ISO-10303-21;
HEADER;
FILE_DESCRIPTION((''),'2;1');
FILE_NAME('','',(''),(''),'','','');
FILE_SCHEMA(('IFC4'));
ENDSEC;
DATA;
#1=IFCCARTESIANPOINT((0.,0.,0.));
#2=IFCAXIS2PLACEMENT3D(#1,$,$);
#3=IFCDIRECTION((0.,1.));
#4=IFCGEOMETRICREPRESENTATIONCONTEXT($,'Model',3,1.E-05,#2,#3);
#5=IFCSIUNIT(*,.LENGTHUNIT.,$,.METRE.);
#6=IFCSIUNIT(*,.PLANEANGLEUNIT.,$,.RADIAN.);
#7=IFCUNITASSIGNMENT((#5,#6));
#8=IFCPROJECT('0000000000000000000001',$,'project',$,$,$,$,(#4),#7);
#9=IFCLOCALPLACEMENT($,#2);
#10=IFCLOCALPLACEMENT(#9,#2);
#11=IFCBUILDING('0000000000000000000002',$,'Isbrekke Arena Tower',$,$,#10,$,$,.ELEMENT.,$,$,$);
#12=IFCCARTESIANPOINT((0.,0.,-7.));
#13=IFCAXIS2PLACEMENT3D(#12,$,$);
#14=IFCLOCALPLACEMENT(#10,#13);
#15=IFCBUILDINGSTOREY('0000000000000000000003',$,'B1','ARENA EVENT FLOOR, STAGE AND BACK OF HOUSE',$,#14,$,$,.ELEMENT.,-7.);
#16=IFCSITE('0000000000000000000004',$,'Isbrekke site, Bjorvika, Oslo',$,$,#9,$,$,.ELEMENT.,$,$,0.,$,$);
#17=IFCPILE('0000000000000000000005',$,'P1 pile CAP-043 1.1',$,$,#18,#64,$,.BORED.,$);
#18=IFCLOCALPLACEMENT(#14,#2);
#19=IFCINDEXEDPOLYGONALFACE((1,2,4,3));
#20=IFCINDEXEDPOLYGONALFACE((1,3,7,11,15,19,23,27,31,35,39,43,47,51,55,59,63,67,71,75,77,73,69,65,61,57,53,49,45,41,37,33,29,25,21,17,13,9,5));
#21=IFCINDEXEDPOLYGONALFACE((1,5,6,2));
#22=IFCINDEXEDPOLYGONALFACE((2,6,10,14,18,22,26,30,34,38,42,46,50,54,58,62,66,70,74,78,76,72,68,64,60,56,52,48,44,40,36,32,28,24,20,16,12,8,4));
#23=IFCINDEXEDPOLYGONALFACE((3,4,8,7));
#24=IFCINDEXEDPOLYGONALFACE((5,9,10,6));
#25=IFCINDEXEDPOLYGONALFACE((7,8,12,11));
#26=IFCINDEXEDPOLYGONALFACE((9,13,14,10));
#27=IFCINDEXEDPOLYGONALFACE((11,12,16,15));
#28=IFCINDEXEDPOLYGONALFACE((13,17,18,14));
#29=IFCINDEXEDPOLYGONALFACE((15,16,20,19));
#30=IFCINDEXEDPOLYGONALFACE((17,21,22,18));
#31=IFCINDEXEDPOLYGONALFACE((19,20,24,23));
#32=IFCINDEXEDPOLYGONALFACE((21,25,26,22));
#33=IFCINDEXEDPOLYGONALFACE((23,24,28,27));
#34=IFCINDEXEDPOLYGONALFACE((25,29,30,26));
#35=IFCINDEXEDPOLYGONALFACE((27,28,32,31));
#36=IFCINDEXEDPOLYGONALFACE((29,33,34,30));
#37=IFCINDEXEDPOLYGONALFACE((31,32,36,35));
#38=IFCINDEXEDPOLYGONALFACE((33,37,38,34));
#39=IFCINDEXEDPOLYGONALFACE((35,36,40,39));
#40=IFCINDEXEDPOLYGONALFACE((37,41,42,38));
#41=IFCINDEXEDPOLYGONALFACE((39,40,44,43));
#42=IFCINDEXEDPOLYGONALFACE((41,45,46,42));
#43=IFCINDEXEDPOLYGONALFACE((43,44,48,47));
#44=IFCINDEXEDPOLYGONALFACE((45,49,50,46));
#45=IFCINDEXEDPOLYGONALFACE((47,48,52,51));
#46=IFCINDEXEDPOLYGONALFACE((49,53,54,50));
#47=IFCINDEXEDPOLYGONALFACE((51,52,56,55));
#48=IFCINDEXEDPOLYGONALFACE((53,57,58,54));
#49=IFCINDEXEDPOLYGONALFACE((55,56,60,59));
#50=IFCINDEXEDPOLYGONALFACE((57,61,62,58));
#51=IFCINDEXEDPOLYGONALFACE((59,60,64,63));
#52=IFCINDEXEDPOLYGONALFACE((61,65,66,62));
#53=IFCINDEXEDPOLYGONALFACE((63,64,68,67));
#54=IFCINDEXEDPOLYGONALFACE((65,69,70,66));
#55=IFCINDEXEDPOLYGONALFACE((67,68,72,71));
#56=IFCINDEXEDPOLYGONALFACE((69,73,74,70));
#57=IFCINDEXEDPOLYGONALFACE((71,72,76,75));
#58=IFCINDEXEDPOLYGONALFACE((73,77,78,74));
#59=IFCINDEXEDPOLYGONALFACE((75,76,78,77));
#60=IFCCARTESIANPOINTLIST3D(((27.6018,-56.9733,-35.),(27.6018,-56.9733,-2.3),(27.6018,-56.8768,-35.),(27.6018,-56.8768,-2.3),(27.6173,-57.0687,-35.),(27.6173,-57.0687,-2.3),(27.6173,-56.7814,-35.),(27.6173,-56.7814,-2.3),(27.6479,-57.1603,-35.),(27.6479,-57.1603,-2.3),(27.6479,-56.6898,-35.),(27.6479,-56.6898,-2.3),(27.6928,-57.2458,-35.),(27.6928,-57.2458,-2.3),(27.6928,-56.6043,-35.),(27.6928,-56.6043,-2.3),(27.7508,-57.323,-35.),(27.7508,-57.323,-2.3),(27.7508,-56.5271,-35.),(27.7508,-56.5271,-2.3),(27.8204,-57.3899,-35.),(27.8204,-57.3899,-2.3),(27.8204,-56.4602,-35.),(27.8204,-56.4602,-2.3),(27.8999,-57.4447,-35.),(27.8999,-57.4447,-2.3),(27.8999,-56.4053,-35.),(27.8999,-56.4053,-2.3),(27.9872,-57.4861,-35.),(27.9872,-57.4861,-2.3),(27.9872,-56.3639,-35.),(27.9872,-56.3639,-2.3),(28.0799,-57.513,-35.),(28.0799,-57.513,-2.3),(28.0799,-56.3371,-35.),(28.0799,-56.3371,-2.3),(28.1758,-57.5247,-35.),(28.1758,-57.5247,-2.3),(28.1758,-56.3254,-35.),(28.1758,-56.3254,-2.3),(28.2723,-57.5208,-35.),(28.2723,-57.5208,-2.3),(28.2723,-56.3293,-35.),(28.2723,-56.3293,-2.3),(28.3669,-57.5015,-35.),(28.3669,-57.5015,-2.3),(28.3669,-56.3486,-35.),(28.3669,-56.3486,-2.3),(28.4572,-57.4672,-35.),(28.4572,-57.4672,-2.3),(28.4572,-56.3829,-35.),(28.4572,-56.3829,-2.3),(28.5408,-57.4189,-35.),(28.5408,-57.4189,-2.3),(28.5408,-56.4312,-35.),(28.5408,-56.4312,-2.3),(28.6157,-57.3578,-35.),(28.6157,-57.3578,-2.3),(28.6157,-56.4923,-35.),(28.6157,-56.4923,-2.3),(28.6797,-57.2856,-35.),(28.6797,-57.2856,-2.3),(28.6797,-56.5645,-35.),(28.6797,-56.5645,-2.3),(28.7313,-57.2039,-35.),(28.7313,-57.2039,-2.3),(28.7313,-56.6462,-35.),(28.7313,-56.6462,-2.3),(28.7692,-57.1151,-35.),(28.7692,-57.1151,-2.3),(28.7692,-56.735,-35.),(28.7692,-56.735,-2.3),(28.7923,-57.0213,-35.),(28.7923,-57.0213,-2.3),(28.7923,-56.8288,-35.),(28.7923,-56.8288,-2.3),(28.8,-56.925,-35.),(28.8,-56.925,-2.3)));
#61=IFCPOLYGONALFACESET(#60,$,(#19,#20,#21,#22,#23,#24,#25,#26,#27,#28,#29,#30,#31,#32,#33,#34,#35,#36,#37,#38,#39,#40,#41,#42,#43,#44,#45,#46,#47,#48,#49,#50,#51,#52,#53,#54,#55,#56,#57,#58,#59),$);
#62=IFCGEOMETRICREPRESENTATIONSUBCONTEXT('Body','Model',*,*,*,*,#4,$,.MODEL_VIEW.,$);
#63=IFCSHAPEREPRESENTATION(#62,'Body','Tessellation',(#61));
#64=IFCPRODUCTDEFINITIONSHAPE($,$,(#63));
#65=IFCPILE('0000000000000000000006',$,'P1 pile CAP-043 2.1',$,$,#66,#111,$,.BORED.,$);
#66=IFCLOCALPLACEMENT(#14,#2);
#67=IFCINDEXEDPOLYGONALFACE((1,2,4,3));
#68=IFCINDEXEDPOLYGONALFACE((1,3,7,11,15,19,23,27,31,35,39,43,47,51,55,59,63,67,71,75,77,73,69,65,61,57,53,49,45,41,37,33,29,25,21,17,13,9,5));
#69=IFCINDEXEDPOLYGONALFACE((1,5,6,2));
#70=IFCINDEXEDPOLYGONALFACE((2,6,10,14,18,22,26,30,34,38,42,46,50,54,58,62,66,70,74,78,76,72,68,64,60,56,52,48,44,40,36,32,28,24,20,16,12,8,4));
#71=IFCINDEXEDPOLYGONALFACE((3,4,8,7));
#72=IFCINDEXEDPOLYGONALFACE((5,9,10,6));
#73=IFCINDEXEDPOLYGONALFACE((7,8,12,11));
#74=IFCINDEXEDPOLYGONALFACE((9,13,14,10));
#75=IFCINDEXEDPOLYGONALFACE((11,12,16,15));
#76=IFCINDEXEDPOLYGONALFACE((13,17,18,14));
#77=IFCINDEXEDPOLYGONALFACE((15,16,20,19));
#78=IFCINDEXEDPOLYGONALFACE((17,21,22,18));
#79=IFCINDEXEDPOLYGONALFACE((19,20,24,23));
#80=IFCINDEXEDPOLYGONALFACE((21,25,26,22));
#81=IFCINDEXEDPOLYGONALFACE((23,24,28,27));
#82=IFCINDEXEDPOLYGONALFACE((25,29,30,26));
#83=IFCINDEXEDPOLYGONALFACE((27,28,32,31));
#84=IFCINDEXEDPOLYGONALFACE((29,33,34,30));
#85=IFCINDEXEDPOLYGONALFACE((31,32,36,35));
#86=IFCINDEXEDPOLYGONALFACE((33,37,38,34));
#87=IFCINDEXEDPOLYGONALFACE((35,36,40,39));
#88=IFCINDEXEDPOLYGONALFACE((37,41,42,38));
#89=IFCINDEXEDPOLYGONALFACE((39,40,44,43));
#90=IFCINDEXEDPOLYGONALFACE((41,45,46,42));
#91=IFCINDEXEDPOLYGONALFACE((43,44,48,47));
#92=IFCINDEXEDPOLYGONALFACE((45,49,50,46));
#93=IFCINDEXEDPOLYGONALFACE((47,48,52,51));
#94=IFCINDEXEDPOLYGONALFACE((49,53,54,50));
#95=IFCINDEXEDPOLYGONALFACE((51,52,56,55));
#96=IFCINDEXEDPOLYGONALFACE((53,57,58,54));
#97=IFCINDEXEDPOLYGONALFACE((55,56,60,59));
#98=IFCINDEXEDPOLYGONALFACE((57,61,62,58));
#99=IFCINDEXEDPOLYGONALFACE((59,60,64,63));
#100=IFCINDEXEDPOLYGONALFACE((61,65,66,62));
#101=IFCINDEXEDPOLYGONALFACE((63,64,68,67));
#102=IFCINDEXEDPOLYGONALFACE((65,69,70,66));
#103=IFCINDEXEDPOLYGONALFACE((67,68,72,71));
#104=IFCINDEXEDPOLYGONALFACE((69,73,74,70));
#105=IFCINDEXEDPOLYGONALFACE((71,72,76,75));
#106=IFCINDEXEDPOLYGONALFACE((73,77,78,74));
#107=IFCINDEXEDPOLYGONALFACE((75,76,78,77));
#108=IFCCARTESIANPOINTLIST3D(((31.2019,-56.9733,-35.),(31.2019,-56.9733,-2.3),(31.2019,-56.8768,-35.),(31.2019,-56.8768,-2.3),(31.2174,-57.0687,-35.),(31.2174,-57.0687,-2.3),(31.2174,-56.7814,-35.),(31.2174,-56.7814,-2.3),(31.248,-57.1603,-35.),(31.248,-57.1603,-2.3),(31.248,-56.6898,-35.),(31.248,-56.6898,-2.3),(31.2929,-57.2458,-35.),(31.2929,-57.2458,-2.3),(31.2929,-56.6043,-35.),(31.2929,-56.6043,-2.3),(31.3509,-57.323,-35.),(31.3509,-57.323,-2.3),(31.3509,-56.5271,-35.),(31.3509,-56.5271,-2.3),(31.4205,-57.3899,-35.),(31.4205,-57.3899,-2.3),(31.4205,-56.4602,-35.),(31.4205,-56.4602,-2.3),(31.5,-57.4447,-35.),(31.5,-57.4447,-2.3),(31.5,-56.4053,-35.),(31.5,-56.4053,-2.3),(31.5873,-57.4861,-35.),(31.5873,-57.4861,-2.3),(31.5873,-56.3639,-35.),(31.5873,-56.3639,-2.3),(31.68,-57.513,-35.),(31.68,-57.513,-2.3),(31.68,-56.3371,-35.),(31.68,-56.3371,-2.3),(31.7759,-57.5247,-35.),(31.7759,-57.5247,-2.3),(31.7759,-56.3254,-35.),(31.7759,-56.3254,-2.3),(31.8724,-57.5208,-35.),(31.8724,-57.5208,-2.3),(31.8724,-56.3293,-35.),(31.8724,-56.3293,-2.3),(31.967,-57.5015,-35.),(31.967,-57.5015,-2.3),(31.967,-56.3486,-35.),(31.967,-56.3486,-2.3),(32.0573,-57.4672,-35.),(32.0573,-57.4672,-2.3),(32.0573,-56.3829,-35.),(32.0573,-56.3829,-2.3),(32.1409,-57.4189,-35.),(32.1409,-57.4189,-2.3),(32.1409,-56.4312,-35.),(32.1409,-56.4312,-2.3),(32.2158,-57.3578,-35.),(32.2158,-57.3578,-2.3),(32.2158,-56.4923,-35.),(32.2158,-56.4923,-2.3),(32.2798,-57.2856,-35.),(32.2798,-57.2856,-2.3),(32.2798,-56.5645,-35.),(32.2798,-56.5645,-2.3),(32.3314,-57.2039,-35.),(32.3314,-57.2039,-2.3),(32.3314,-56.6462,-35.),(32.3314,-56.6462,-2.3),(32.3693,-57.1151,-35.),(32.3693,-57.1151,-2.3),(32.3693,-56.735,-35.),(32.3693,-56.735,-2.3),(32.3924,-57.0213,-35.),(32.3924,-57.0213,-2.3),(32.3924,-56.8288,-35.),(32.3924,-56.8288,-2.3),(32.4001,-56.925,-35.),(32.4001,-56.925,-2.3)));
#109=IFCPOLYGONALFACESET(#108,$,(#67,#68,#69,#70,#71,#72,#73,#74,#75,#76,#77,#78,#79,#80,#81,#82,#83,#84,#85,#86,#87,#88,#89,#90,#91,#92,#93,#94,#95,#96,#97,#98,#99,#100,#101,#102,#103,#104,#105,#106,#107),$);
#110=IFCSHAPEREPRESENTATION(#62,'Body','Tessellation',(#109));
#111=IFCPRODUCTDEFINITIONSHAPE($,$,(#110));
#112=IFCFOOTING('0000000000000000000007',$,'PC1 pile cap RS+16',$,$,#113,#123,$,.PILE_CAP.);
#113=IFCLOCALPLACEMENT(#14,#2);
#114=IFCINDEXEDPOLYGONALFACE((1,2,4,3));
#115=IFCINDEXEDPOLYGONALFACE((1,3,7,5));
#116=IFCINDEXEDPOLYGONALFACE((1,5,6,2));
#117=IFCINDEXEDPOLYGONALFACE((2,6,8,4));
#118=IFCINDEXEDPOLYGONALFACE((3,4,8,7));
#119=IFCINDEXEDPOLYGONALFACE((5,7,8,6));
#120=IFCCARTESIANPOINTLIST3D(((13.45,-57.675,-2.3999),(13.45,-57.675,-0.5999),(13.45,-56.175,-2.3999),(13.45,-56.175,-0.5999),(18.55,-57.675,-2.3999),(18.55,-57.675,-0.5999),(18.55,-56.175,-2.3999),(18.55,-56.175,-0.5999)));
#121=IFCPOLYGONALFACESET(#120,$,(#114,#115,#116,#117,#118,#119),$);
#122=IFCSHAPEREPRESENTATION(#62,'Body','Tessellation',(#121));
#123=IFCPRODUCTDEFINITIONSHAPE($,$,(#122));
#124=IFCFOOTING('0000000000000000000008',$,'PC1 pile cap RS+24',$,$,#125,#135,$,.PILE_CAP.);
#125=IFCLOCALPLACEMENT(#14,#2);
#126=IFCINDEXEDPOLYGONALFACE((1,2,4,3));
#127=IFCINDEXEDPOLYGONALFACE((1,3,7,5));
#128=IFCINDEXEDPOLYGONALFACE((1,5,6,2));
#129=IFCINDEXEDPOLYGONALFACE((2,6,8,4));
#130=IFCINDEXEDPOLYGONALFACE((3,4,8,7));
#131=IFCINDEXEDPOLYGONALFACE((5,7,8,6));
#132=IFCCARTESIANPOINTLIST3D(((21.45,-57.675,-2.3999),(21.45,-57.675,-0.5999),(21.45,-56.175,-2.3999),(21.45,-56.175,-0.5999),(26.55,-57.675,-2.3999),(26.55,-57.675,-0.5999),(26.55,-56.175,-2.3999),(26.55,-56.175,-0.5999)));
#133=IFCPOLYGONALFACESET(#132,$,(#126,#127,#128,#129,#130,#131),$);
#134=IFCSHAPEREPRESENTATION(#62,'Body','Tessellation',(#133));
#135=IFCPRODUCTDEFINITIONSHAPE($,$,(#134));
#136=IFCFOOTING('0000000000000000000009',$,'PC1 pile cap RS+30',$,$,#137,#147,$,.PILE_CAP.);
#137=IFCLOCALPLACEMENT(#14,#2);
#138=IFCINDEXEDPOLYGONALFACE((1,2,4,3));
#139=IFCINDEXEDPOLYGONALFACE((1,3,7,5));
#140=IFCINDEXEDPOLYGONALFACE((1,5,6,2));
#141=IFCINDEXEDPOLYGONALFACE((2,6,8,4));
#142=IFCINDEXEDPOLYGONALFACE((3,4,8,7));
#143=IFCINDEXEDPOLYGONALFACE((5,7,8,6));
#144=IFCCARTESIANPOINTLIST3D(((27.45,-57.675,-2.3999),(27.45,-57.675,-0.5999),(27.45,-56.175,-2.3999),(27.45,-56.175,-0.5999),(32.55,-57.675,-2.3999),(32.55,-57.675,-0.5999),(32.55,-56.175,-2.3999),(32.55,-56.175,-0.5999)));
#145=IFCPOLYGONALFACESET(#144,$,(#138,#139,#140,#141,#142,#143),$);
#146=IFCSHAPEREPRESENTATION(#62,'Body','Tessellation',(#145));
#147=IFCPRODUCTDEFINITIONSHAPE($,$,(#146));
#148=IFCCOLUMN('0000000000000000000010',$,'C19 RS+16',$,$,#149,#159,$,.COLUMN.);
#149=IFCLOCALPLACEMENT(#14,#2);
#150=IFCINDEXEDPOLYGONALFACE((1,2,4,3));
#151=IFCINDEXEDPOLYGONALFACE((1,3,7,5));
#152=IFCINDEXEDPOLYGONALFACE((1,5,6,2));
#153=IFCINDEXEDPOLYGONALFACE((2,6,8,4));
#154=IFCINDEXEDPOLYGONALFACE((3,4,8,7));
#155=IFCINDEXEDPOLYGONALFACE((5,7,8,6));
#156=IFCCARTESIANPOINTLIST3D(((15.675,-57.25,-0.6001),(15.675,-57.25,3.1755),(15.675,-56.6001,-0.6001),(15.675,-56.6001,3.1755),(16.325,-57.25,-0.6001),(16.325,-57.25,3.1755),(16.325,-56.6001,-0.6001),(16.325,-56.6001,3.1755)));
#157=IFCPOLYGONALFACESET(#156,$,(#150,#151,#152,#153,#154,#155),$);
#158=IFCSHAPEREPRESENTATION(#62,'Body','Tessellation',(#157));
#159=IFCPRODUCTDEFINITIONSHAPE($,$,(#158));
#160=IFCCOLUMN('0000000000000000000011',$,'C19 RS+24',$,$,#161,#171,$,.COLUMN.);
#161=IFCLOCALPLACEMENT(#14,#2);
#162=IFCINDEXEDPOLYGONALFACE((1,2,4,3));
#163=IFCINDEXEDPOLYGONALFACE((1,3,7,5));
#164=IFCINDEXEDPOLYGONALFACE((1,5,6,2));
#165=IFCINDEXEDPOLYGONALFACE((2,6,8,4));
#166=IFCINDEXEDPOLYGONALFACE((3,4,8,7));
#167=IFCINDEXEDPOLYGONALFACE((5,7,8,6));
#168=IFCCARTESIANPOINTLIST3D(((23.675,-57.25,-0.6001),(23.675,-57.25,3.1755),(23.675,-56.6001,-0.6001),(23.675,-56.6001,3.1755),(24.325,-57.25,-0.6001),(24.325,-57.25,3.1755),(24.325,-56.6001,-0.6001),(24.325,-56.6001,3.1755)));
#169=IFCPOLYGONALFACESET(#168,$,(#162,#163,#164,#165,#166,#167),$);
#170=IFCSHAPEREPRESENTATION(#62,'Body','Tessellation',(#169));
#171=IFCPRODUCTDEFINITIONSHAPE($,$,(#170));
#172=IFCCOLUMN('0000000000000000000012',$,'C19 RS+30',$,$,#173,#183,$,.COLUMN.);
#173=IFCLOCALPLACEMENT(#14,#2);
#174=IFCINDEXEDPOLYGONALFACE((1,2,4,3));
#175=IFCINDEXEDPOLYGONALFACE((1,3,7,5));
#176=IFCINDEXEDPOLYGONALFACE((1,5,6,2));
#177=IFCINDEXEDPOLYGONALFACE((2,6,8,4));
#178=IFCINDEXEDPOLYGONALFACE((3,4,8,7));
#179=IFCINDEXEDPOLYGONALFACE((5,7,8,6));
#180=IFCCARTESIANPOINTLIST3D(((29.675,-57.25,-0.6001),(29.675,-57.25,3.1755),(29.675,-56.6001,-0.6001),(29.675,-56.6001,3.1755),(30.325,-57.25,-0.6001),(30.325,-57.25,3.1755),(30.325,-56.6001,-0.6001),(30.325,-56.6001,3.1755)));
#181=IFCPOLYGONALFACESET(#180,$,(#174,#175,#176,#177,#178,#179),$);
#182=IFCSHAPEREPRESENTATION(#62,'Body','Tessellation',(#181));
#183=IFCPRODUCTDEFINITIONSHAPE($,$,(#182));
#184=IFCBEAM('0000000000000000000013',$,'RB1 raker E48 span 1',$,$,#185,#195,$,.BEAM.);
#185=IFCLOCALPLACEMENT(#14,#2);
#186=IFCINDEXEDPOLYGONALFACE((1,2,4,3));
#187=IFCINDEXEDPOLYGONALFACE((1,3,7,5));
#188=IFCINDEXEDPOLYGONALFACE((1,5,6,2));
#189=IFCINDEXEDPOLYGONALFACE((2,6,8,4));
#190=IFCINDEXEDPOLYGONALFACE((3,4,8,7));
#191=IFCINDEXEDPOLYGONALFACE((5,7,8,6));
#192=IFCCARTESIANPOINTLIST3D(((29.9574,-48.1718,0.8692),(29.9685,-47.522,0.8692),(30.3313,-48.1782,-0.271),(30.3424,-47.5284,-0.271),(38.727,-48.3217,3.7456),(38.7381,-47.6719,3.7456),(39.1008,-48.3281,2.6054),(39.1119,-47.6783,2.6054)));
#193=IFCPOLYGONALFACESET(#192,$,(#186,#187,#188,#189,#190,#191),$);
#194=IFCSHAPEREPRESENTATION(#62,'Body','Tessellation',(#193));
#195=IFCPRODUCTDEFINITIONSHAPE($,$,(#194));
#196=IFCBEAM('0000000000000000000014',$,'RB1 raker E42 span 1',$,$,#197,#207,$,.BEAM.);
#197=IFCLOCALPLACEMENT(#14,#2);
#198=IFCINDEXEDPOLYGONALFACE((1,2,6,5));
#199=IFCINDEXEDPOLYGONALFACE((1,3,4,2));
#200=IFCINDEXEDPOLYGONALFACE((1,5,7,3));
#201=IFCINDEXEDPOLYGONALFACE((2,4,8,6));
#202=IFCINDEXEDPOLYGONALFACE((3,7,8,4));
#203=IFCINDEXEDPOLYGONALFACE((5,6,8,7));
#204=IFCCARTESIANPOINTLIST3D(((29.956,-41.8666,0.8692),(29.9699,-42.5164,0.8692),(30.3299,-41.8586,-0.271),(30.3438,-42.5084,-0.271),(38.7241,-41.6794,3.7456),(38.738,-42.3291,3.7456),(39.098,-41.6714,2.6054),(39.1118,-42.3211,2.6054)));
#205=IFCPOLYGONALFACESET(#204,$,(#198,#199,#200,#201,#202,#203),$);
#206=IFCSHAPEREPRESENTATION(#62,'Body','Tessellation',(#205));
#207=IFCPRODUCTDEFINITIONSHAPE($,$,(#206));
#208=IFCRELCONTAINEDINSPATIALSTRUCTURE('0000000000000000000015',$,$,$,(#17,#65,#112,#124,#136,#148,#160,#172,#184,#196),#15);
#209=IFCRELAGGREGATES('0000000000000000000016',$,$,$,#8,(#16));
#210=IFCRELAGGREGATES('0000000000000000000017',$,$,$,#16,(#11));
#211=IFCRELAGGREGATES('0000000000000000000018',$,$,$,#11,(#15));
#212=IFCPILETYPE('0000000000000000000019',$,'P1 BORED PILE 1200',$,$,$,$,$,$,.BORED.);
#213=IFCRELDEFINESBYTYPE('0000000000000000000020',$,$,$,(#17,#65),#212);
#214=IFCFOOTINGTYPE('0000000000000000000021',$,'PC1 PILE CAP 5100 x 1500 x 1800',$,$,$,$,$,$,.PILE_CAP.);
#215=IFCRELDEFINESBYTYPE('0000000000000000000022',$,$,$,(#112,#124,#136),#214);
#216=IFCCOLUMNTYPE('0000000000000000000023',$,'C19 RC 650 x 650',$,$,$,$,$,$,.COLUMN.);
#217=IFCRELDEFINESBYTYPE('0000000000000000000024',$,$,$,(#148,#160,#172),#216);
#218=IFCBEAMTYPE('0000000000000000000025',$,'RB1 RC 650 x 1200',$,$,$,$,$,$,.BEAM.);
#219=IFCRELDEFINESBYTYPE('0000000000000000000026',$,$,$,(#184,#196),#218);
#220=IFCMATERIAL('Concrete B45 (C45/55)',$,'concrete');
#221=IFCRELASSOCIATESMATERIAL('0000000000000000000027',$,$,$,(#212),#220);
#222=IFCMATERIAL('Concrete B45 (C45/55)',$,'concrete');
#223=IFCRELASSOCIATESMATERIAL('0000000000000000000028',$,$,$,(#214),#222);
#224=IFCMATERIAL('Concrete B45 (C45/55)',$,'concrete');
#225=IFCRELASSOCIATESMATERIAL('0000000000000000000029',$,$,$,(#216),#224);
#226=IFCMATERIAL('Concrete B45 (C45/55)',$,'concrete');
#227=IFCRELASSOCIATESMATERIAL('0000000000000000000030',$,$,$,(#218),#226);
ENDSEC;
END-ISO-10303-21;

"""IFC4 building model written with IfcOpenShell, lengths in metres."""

from ifc_helpers import new_model, si_unit, direction, frame, origin, origin_2d, place, context, subcontext, project, spatial, rectangle, circle, extrude, material, material_profile, profile_set, type_object, element, save


model = new_model("IFC4")

# Units and contexts
model_context = context("Model", 3, precision=1e-05, world=origin(), true_north=direction((0.0, 1.0)))
body_context = subcontext(model_context, "Body", "Model", "MODEL_VIEW")
ifc_project = project(units=[si_unit("LENGTHUNIT", "METRE"), si_unit("PLANEANGLEUNIT", "RADIAN")], contexts=[model_context])

# Site, building, storey
site_placement = place(None, origin())
site = spatial("IfcSite", under=ifc_project, at=site_placement, Name="Isbrekke site, Bjorvika, Oslo", CompositionType="ELEMENT", RefElevation=0.0)
building_placement = place(site_placement, origin())
building = spatial("IfcBuilding", under=site, at=building_placement, Name="Isbrekke Arena Tower", CompositionType="ELEMENT")
storey_placement = place(building_placement, frame((0.0, 0.0, -7.0)))
storey = spatial("IfcBuildingStorey", under=building, at=storey_placement, Name="B1", Description="ARENA EVENT FLOOR, STAGE AND BACK OF HOUSE", CompositionType="ELEMENT", Elevation=-7.0)

# Piles
ifc_material_1 = material(Name="Concrete B45 (C45/55)", Category="concrete")
ifc_material_profile_1 = material_profile(ifc_material_1, circle(Radius=0.6001, at=origin_2d()), Name="BORED PILE D1200")
ifc_profile_set_1 = profile_set([ifc_material_profile_1], Name="Concrete B45 (C45/55)")
pile_type = type_object("IfcPileType", Name="P1 BORED PILE 1200", PredefinedType="BORED", material=ifc_profile_set_1)
for number, where, z_axis, x_axis, name in (
    (1, (28.2, -56.925, -2.3), (0.0, 0.0, -1.0), (1.0, 0.0, 0.0), "P1 pile CAP-043 1.1"),
    (2, (31.8, -56.925, -2.3), (0.0, 0.0, -1.0), (1.0, 0.0, 0.0), "P1 pile CAP-043 2.1"),
):
    element("IfcPile", number, at=place(storey_placement, frame(where, z_axis=z_axis, x_axis=x_axis)), inside=storey, type_object=pile_type, Name=name, PredefinedType="BORED", context=body_context, shape_type="SweptSolid", body=[
        extrude(circle(Radius=0.6001, at=origin_2d()), origin(), (0.0, 0.0, 1.0), 32.7),
    ])

# Footings
ifc_material_2 = material(Name="Concrete B45 (C45/55)", Category="concrete")
footing_type = type_object("IfcFootingType", Name="PC1 PILE CAP 5100 x 1500 x 1800", PredefinedType="PILE_CAP", material=ifc_material_2)
for number, where, z_axis, x_axis, name in (
    (3, (16.0, -56.925, -2.3999), (0.0, 0.0, 1.0), (1.0, 0.0, 0.0), "PC1 pile cap RS+16"),
    (4, (24.0, -56.925, -2.3999), (0.0, 0.0, 1.0), (1.0, 0.0, 0.0), "PC1 pile cap RS+24"),
    (5, (30.0, -56.925, -2.3999), (0.0, 0.0, 1.0), (1.0, 0.0, 0.0), "PC1 pile cap RS+30"),
):
    element("IfcFooting", number, at=place(storey_placement, frame(where, z_axis=z_axis, x_axis=x_axis)), inside=storey, type_object=footing_type, Name=name, PredefinedType="PILE_CAP", context=body_context, shape_type="SweptSolid", body=[
        extrude(rectangle(XDim=5.1001, YDim=1.5, at=origin_2d()), origin(), (0.0, 0.0, 1.0), 1.8),
    ])

# Columns
ifc_material_3 = material(Name="Concrete B45 (C45/55)", Category="concrete")
ifc_material_profile_2 = material_profile(ifc_material_3, rectangle(XDim=0.6499, YDim=0.6499, at=origin_2d()), Name="RC 650x650")
ifc_profile_set_2 = profile_set([ifc_material_profile_2], Name="Concrete B45 (C45/55)")
column_type = type_object("IfcColumnType", Name="C19 RC 650 x 650", PredefinedType="COLUMN", material=ifc_profile_set_2)
for number, where, z_axis, x_axis, name in (
    (6, (16.0, -56.925, -0.6001), (0.0, 0.0, 1.0), (1.0, 0.0, 0.0), "C19 RS+16"),
    (7, (24.0, -56.925, -0.6001), (0.0, 0.0, 1.0), (1.0, 0.0, 0.0), "C19 RS+24"),
    (8, (30.0, -56.925, -0.6001), (0.0, 0.0, 1.0), (1.0, 0.0, 0.0), "C19 RS+30"),
):
    element("IfcColumn", number, at=place(storey_placement, frame(where, z_axis=z_axis, x_axis=x_axis)), inside=storey, type_object=column_type, Name=name, PredefinedType="COLUMN", context=body_context, shape_type="SweptSolid", body=[
        extrude(rectangle(XDim=0.6499, YDim=0.6499, at=origin_2d()), origin(), (0.0, 0.0, 1.0), 3.7756),
    ])

# Beams
ifc_material_4 = material(Name="Concrete B45 (C45/55)", Category="concrete")
ifc_material_profile_3 = material_profile(ifc_material_4, rectangle(XDim=0.6499, YDim=1.2, at=origin_2d()), Name="RC 650x1200")
ifc_profile_set_3 = profile_set([ifc_material_profile_3], Name="Concrete B45 (C45/55)")
beam_type = type_object("IfcBeamType", Name="RB1 RC 650 x 1200", PredefinedType="BEAM", material=ifc_profile_set_3)
beam_1_placement = place(storey_placement, frame((30.1499, -47.8501, 0.2991), z_axis=(0.950065, -0.01624, 0.311628), x_axis=(0.017091, 0.999854, 0.0)))
element("IfcBeam", 9, at=beam_1_placement, inside=storey, type_object=beam_type, Name="RB1 raker E48 span 1", PredefinedType="BEAM", context=body_context, shape_type="SweptSolid", body=[
    extrude(rectangle(XDim=0.6499, YDim=1.2, at=origin_2d()), origin(), (0.0, 0.0, 1.0), 9.2305),
])
beam_2_placement = place(storey_placement, frame((30.1499, -42.1875, 0.2991), z_axis=(0.94998, 0.020288, 0.311652), x_axis=(-0.021352, 0.999772, 0.0)))
element("IfcBeam", 10, at=beam_2_placement, inside=storey, type_object=beam_type, Name="RB1 raker E42 span 1", PredefinedType="BEAM", context=body_context, shape_type="SweptSolid", body=[
    extrude(rectangle(XDim=0.6499, YDim=1.2, at=origin_2d()), origin(), (0.0, 0.0, 1.0), 9.2297),
])

save(model, "model.ifc")
